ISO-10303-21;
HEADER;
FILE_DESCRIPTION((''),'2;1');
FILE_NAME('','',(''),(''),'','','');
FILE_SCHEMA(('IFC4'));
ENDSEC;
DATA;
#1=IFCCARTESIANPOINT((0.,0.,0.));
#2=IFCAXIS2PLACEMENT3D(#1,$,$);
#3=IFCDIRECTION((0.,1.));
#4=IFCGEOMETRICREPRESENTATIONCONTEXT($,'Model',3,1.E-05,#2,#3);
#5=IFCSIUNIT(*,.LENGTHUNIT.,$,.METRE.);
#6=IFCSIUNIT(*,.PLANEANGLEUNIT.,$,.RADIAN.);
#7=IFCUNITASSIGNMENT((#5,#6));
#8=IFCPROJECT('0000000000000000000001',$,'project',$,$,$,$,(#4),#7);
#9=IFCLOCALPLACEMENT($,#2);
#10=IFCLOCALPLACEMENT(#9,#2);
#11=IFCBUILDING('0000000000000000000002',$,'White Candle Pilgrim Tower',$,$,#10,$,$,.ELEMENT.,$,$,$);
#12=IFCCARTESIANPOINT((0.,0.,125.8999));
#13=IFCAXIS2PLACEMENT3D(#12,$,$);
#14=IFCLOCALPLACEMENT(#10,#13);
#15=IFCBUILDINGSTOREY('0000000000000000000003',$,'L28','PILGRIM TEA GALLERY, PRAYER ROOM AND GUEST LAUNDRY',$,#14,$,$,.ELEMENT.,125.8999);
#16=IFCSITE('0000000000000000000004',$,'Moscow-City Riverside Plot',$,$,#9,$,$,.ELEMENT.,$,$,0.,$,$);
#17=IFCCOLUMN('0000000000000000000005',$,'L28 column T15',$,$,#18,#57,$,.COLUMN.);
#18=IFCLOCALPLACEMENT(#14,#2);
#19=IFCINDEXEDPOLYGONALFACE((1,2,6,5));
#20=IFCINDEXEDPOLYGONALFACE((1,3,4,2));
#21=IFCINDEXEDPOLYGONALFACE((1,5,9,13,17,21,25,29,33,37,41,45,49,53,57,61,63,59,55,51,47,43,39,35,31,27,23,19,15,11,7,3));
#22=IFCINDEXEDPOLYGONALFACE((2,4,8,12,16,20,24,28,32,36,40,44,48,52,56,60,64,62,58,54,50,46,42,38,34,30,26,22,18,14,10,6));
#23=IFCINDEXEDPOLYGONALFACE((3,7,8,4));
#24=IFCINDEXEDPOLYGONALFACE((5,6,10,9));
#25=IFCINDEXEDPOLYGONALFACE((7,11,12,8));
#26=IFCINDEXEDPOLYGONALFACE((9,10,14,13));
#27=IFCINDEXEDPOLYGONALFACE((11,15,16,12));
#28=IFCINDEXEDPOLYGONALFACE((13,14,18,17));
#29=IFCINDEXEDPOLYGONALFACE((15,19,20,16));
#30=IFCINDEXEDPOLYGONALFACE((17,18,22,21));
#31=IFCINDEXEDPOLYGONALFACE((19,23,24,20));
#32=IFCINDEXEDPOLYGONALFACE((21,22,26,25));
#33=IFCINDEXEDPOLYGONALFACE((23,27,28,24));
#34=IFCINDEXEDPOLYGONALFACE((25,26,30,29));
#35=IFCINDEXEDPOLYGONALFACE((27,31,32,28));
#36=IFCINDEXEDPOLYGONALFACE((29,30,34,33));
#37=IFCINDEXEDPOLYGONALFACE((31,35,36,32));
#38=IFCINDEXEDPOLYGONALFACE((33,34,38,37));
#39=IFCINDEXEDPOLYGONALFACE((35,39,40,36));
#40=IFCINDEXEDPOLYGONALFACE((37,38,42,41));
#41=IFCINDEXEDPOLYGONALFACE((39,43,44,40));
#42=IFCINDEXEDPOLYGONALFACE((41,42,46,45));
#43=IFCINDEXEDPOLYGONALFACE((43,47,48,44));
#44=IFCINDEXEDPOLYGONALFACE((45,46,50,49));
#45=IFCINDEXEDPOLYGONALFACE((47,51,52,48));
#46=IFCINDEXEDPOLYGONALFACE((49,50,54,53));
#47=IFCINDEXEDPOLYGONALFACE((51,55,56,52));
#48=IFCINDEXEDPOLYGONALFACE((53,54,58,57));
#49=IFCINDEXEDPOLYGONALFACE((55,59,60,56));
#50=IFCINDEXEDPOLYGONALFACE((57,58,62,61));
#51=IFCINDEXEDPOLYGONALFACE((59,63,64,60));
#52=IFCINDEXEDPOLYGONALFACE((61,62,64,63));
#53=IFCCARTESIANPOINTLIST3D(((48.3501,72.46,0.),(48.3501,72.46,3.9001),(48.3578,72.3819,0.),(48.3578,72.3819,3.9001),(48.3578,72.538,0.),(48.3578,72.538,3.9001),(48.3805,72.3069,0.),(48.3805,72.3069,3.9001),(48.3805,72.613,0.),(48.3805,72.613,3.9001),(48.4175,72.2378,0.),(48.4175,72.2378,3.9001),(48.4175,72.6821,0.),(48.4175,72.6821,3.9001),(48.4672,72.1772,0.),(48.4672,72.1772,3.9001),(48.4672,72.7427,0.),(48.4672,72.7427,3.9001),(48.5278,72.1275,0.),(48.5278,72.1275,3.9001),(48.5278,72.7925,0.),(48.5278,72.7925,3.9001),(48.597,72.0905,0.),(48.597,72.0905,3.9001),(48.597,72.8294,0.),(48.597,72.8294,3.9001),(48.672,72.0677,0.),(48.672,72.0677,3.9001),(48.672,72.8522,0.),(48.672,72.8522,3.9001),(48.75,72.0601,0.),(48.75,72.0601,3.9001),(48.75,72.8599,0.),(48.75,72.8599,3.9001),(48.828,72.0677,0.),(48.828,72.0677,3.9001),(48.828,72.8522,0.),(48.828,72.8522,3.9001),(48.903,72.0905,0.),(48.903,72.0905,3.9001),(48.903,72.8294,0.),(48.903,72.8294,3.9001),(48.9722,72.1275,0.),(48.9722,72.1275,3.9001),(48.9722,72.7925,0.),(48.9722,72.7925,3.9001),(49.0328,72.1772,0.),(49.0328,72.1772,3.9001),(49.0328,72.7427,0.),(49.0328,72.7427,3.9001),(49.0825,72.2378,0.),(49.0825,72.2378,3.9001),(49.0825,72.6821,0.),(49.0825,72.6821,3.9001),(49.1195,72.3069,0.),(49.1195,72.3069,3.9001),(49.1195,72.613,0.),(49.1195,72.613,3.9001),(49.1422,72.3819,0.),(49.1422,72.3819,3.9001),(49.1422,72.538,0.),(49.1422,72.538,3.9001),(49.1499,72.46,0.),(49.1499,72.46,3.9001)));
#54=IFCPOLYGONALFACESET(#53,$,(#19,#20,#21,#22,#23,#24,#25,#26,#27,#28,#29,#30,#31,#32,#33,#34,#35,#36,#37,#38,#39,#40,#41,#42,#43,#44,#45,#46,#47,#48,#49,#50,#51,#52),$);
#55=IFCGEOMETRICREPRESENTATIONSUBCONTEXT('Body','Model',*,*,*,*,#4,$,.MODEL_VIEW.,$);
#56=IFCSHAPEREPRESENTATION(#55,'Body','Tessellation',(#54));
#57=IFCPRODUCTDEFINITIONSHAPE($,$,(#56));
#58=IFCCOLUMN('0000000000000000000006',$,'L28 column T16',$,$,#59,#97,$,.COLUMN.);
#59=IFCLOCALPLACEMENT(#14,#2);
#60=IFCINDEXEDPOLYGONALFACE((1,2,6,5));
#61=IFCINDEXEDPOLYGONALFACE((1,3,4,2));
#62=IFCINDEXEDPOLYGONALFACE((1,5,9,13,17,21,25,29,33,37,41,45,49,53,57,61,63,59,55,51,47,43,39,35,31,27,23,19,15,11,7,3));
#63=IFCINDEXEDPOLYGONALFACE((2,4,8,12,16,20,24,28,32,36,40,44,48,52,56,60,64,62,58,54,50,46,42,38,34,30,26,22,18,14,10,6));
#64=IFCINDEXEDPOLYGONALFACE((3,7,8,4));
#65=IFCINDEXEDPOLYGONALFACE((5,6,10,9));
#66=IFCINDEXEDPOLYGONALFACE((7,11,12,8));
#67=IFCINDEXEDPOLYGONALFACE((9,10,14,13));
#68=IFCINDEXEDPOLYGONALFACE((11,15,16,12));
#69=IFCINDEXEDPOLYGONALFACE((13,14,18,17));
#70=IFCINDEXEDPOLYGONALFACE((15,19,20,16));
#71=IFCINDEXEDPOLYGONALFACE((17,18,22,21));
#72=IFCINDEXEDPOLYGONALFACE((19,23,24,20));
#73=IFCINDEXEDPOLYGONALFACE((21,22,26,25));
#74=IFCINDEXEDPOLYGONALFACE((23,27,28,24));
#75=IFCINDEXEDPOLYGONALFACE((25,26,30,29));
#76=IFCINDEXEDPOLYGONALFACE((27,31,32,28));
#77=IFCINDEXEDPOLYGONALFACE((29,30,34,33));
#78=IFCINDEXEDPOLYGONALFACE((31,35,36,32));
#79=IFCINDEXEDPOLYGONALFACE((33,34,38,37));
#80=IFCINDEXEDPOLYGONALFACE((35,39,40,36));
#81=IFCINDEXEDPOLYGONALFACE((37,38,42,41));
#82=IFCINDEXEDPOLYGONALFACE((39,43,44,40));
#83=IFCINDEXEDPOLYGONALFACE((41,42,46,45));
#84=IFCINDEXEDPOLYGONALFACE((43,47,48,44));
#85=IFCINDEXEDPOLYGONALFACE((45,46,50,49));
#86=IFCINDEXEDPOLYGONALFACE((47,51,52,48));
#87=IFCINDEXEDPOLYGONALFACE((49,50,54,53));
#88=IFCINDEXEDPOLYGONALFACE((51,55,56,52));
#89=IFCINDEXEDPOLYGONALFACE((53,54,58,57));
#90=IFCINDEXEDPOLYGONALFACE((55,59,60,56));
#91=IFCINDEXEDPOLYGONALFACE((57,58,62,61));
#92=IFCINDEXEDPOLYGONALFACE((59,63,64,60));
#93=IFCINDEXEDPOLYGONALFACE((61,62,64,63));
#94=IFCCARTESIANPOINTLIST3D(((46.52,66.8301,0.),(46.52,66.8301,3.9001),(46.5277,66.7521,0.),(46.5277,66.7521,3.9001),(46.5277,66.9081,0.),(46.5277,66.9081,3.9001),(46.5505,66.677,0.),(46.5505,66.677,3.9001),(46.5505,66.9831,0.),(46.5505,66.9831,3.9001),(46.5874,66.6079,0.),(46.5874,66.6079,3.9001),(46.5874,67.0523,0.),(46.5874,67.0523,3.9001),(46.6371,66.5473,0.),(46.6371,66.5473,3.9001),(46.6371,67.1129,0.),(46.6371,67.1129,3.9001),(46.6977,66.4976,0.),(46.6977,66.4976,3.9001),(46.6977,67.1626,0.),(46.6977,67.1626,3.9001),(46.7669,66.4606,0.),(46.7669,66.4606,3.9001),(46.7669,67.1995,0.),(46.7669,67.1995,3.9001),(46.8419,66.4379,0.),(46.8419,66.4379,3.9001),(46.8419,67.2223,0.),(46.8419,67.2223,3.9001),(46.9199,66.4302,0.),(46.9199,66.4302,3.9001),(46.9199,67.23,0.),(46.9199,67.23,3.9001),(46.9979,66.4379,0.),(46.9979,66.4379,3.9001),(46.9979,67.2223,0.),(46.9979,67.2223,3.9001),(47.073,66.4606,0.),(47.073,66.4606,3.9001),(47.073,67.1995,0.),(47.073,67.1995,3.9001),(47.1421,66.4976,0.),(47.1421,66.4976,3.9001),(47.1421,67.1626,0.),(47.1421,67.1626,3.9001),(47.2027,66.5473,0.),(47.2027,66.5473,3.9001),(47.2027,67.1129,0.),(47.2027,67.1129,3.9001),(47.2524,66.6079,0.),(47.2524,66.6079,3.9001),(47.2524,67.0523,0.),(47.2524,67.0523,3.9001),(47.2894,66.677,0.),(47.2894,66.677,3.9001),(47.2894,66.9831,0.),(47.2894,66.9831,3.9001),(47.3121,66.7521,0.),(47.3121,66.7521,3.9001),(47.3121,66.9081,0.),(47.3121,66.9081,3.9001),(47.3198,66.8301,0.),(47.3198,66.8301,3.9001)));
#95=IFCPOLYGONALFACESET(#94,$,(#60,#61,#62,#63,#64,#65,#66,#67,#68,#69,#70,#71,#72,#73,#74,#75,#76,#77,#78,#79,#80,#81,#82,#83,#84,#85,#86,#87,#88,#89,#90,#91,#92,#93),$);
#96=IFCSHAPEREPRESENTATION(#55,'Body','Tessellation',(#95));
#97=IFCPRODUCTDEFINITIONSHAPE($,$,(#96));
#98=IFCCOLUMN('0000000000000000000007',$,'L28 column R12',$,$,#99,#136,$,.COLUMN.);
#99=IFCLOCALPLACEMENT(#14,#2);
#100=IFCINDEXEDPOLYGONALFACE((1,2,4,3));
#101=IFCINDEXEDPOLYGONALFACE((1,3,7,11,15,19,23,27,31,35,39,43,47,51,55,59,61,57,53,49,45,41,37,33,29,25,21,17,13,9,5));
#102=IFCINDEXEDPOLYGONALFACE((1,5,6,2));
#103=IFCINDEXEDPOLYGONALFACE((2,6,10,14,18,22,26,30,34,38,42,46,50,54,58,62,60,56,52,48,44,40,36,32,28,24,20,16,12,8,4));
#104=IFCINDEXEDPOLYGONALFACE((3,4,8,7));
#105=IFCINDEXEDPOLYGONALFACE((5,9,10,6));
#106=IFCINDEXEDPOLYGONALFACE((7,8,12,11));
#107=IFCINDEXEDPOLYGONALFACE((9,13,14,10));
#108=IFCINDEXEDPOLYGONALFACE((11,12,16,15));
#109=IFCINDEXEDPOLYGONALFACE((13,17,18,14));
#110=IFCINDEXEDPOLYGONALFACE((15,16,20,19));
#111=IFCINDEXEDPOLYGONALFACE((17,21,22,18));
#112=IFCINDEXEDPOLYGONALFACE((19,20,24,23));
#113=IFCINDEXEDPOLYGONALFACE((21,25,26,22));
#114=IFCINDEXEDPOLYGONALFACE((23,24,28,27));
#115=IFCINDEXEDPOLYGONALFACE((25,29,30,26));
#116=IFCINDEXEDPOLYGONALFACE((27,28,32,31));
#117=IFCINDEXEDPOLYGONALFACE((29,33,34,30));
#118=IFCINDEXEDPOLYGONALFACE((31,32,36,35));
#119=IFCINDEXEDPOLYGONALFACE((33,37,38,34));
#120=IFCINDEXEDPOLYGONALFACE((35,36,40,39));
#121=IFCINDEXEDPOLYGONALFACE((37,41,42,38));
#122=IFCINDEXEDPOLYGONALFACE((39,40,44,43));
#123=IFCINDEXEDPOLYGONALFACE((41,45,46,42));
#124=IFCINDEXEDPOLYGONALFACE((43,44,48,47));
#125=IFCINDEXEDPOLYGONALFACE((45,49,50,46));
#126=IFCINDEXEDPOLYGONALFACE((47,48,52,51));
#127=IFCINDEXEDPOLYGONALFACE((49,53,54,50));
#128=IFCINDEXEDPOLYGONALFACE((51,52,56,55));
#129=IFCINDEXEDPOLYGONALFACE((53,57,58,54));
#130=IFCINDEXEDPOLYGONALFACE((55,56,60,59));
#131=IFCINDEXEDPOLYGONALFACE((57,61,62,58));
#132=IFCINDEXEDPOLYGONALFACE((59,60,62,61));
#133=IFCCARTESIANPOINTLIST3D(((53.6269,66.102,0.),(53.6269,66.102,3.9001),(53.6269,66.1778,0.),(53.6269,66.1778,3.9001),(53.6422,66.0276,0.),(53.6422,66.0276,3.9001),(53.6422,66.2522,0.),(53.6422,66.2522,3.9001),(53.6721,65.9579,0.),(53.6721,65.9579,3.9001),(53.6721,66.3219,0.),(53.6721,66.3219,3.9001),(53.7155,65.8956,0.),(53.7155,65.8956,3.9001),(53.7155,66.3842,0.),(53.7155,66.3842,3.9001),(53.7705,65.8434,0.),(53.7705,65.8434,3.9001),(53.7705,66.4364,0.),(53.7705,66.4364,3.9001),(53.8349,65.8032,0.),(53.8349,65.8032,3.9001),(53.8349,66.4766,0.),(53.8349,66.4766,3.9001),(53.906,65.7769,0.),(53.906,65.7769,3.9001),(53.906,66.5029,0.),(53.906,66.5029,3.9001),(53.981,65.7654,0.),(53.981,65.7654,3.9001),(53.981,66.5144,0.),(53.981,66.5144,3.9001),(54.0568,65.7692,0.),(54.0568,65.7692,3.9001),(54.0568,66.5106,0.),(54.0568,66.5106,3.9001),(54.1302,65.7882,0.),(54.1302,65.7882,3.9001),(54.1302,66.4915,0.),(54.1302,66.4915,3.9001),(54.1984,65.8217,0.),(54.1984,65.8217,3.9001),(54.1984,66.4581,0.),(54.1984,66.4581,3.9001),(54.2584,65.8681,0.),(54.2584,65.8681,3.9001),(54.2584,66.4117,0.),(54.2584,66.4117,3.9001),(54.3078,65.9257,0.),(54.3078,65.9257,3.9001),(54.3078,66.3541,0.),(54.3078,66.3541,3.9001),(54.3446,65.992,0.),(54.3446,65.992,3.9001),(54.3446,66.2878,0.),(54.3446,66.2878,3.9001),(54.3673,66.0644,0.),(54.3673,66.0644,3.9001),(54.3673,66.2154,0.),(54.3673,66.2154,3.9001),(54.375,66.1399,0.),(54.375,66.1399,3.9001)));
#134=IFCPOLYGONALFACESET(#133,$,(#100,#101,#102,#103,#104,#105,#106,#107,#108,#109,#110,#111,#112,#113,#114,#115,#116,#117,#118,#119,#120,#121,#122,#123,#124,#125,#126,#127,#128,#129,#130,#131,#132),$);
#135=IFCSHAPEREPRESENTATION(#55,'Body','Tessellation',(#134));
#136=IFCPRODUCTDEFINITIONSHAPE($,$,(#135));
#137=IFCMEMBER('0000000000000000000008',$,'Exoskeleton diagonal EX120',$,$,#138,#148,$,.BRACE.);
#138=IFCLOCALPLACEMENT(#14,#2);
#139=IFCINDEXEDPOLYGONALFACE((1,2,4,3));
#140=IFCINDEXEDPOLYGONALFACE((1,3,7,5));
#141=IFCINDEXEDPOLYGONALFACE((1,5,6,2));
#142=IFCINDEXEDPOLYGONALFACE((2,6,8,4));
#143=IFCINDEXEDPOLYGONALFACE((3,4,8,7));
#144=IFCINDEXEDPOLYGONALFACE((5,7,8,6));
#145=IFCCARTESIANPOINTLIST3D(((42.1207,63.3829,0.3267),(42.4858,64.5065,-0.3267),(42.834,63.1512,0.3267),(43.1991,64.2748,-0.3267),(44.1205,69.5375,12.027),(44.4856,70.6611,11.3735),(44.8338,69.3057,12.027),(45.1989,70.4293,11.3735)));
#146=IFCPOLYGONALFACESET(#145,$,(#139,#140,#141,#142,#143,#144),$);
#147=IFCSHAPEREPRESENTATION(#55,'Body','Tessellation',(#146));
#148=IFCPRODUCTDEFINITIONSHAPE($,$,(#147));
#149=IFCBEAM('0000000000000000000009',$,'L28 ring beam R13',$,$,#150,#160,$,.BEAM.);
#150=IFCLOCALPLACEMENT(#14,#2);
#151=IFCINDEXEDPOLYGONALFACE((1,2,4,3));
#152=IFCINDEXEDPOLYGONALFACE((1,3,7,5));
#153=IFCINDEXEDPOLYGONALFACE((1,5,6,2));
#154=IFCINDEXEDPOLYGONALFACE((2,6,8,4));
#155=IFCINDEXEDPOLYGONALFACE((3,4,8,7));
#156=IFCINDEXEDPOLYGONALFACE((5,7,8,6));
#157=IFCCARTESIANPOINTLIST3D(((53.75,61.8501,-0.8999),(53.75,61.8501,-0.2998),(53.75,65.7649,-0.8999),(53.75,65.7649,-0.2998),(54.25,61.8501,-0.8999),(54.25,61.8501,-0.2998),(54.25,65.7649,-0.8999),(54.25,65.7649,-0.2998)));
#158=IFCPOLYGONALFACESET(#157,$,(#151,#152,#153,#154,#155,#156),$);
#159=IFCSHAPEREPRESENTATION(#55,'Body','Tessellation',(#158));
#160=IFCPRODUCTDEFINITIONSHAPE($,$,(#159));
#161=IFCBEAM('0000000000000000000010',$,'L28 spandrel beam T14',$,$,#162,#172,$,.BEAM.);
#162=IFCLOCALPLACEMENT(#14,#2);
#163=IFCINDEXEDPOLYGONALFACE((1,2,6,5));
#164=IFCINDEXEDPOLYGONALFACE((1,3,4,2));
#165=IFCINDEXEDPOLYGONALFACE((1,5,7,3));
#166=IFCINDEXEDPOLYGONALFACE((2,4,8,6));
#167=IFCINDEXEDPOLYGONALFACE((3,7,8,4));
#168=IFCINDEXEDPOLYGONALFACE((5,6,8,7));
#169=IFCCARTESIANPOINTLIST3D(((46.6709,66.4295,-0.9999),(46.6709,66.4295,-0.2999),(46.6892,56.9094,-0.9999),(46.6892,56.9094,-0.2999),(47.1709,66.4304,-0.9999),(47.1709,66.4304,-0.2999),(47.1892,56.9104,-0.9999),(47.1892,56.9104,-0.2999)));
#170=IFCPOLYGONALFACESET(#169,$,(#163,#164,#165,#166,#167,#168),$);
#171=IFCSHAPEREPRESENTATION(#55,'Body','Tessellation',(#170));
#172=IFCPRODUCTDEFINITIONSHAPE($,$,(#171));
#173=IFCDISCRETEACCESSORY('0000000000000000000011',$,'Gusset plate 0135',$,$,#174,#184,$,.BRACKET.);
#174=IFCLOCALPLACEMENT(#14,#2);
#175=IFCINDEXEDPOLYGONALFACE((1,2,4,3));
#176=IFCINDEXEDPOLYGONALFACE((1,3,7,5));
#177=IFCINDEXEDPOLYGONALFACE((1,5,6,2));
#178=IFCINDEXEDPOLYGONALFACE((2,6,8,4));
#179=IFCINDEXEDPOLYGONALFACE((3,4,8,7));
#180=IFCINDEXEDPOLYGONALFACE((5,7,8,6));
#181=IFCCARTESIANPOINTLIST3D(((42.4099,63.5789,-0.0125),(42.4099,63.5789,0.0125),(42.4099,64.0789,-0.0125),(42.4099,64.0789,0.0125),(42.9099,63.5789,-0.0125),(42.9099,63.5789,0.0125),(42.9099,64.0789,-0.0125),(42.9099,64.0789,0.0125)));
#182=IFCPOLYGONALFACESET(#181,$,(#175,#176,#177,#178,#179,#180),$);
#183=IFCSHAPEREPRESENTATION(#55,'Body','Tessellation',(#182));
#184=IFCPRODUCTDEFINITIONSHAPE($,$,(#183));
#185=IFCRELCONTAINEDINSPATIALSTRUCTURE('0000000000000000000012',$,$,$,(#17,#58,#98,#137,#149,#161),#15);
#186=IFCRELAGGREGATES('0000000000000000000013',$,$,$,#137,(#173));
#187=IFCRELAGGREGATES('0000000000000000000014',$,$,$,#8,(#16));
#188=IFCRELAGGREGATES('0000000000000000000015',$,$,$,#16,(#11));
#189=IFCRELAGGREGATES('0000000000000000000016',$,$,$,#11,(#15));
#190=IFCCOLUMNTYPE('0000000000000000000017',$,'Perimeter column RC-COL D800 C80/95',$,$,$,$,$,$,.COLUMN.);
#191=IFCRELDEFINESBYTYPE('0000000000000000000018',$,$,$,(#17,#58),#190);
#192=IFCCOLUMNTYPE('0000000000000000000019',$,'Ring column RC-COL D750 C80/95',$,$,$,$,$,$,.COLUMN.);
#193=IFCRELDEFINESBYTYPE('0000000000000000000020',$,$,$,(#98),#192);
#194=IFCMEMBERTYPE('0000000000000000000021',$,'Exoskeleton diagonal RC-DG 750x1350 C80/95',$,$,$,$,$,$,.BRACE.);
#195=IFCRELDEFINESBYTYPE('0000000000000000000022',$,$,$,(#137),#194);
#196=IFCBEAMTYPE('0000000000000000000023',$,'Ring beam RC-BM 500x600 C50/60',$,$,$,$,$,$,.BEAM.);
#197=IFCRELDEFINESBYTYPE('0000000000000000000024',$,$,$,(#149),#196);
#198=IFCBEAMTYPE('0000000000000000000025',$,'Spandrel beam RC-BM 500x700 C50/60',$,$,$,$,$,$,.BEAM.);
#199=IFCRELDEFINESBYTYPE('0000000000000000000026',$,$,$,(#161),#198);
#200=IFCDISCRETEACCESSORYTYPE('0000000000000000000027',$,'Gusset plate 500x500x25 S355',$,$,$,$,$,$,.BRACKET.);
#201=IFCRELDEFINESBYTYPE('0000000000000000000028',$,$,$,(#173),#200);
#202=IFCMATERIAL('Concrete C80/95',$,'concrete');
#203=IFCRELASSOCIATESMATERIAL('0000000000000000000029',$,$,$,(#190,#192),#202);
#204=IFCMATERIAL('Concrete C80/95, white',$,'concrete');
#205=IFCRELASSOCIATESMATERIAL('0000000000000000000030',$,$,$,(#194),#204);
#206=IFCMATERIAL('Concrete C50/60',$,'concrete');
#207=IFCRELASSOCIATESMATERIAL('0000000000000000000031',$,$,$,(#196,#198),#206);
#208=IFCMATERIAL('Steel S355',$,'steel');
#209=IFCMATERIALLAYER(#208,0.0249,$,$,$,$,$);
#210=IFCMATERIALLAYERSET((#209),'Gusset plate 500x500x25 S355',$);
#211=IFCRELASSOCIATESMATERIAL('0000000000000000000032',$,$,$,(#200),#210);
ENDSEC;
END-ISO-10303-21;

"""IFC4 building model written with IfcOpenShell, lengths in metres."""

from ifc_helpers import new_model, si_unit, direction, frame, origin, origin_2d, place, context, subcontext, project, spatial, rectangle, circle, extrude, material, layer, layer_set, material_profile, profile_set, type_object, element, aggregate, save


model = new_model("IFC4")

# Units and contexts
model_context = context("Model", 3, precision=1e-05, world=origin(), true_north=direction((0.0, 1.0)))
body_context = subcontext(model_context, "Body", "Model", "MODEL_VIEW")
ifc_project = project(units=[si_unit("LENGTHUNIT", "METRE"), si_unit("PLANEANGLEUNIT", "RADIAN")], contexts=[model_context])

# Site, building, storey
site_placement = place(None, origin())
site = spatial("IfcSite", under=ifc_project, at=site_placement, Name="Moscow-City Riverside Plot", CompositionType="ELEMENT", RefElevation=0.0)
building_placement = place(site_placement, origin())
building = spatial("IfcBuilding", under=site, at=building_placement, Name="White Candle Pilgrim Tower", CompositionType="ELEMENT")
storey_placement = place(building_placement, frame((0.0, 0.0, 125.8999)))
storey = spatial("IfcBuildingStorey", under=building, at=storey_placement, Name="L28", Description="PILGRIM TEA GALLERY, PRAYER ROOM AND GUEST LAUNDRY", CompositionType="ELEMENT", Elevation=125.8999)

# Columns
ifc_material_1 = material(Name="Concrete C80/95", Category="concrete")
ifc_material_profile_1 = material_profile(ifc_material_1, circle(Radius=0.3999, at=origin_2d()), Name="RC-COL D800")
ifc_profile_set_1 = profile_set([ifc_material_profile_1], Name="Concrete C80/95")
column_type_1 = type_object("IfcColumnType", Name="Perimeter column RC-COL D800 C80/95", PredefinedType="COLUMN", material=ifc_profile_set_1)
for number, where, z_axis, x_axis, name in (
    (1, (48.75, 72.46, 0.0), (0.0, 0.0, 1.0), (1.0, 0.0, 0.0), "L28 column T15"),
    (2, (46.9199, 66.8301, 0.0), (0.0, 0.0, 1.0), (1.0, 0.0, 0.0), "L28 column T16"),
):
    element("IfcColumn", number, at=place(storey_placement, frame(where, z_axis=z_axis, x_axis=x_axis)), inside=storey, type_object=column_type_1, Name=name, PredefinedType="COLUMN", context=body_context, shape_type="SweptSolid", body=[
        extrude(circle(Radius=0.3999, at=origin_2d()), origin(), (0.0, 0.0, 1.0), 3.9001),
    ])
ifc_material_profile_2 = material_profile(ifc_material_1, circle(Radius=0.375, at=origin_2d()), Name="RC-COL D750")
ifc_profile_set_2 = profile_set([ifc_material_profile_2], Name="Concrete C80/95")
column_type_2 = type_object("IfcColumnType", Name="Ring column RC-COL D750 C80/95", PredefinedType="COLUMN", material=ifc_profile_set_2)
column_placement = place(storey_placement, frame((54.0, 66.1399, 0.0), z_axis=(0.0, 0.0, 1.0), x_axis=(1.0, 0.0, 0.0)))
element("IfcColumn", 3, at=column_placement, inside=storey, type_object=column_type_2, Name="L28 column R12", PredefinedType="COLUMN", context=body_context, shape_type="SweptSolid", body=[
    extrude(circle(Radius=0.375, at=origin_2d()), origin(), (0.0, 0.0, 1.0), 3.9001),
])

# Member
ifc_material_2 = material(Name="Concrete C80/95, white", Category="concrete")
ifc_material_profile_3 = material_profile(ifc_material_2, rectangle(XDim=0.75, YDim=1.3501, at=origin_2d()), Name="RC-DG 750x1350")
ifc_profile_set_3 = profile_set([ifc_material_profile_3], Name="Concrete C80/95, white")
member_type = type_object("IfcMemberType", Name="Exoskeleton diagonal RC-DG 750x1350 C80/95", PredefinedType="BRACE", material=ifc_profile_set_3)
member_placement = place(storey_placement, frame((42.6599, 63.8289, 0.0), z_axis=(0.149564, 0.460305, 0.875071), x_axis=(-0.951055, 0.30902, 0.0)))
member = element("IfcMember", 4, at=member_placement, inside=storey, type_object=member_type, Name="Exoskeleton diagonal EX120", PredefinedType="BRACE", context=body_context, shape_type="SweptSolid", body=[
    extrude(rectangle(XDim=0.75, YDim=1.3501, at=origin_2d()), origin(), (0.0, 0.0, 1.0), 13.3706),
])

# Beams
ifc_material_3 = material(Name="Concrete C50/60", Category="concrete")
ifc_material_profile_4 = material_profile(ifc_material_3, rectangle(XDim=0.5, YDim=0.6001, at=origin_2d()), Name="RC-BM 500x600")
ifc_profile_set_4 = profile_set([ifc_material_profile_4], Name="Concrete C50/60")
beam_type_1 = type_object("IfcBeamType", Name="Ring beam RC-BM 500x600 C50/60", PredefinedType="BEAM", material=ifc_profile_set_4)
beam_1_placement = place(storey_placement, frame((54.0, 65.7649, -0.5999), z_axis=(0.0, -1.0, 0.0), x_axis=(1.0, 0.0, 0.0)))
element("IfcBeam", 5, at=beam_1_placement, inside=storey, type_object=beam_type_1, Name="L28 ring beam R13", PredefinedType="BEAM", context=body_context, shape_type="SweptSolid", body=[
    extrude(rectangle(XDim=0.5, YDim=0.6001, at=origin_2d()), origin(), (0.0, 0.0, 1.0), 3.9148),
])
ifc_material_profile_5 = material_profile(ifc_material_3, rectangle(XDim=0.5, YDim=0.7, at=origin_2d()), Name="RC-BM 500x700")
ifc_profile_set_5 = profile_set([ifc_material_profile_5], Name="Concrete C50/60")
beam_type_2 = type_object("IfcBeamType", Name="Spandrel beam RC-BM 500x700 C50/60", PredefinedType="BEAM", material=ifc_profile_set_5)
beam_2_placement = place(storey_placement, frame((46.9209, 66.4299, -0.6499), z_axis=(0.001923, -0.999998, 0.0), x_axis=(0.999998, 0.001923, 0.0)))
element("IfcBeam", 6, at=beam_2_placement, inside=storey, type_object=beam_type_2, Name="L28 spandrel beam T14", PredefinedType="BEAM", context=body_context, shape_type="SweptSolid", body=[
    extrude(rectangle(XDim=0.5, YDim=0.7, at=origin_2d()), origin(), (0.0, 0.0, 1.0), 9.52),
])

# Discrete accessory
ifc_material_4 = material(Name="Steel S355", Category="steel")
ifc_layer_1 = layer(ifc_material_4, 0.0249)
ifc_layer_set_1 = layer_set([ifc_layer_1], Name="Gusset plate 500x500x25 S355")
discrete_accessory_type = type_object("IfcDiscreteAccessoryType", Name="Gusset plate 500x500x25 S355", PredefinedType="BRACKET", material=ifc_layer_set_1)
discrete_accessory_placement = place(storey_placement, frame((42.6599, 63.8289, -0.0125), z_axis=(0.0, 0.0, 1.0), x_axis=(1.0, 0.0, 0.0)))
discrete_accessory = element("IfcDiscreteAccessory", 7, at=discrete_accessory_placement, type_object=discrete_accessory_type, Name="Gusset plate 0135", PredefinedType="BRACKET", context=body_context, shape_type="SweptSolid", body=[
    extrude(rectangle(XDim=0.5, YDim=0.5, at=origin_2d()), origin(), (0.0, 0.0, 1.0), 0.0249),
])
aggregate(member, [discrete_accessory])

save(model, "model.ifc")
